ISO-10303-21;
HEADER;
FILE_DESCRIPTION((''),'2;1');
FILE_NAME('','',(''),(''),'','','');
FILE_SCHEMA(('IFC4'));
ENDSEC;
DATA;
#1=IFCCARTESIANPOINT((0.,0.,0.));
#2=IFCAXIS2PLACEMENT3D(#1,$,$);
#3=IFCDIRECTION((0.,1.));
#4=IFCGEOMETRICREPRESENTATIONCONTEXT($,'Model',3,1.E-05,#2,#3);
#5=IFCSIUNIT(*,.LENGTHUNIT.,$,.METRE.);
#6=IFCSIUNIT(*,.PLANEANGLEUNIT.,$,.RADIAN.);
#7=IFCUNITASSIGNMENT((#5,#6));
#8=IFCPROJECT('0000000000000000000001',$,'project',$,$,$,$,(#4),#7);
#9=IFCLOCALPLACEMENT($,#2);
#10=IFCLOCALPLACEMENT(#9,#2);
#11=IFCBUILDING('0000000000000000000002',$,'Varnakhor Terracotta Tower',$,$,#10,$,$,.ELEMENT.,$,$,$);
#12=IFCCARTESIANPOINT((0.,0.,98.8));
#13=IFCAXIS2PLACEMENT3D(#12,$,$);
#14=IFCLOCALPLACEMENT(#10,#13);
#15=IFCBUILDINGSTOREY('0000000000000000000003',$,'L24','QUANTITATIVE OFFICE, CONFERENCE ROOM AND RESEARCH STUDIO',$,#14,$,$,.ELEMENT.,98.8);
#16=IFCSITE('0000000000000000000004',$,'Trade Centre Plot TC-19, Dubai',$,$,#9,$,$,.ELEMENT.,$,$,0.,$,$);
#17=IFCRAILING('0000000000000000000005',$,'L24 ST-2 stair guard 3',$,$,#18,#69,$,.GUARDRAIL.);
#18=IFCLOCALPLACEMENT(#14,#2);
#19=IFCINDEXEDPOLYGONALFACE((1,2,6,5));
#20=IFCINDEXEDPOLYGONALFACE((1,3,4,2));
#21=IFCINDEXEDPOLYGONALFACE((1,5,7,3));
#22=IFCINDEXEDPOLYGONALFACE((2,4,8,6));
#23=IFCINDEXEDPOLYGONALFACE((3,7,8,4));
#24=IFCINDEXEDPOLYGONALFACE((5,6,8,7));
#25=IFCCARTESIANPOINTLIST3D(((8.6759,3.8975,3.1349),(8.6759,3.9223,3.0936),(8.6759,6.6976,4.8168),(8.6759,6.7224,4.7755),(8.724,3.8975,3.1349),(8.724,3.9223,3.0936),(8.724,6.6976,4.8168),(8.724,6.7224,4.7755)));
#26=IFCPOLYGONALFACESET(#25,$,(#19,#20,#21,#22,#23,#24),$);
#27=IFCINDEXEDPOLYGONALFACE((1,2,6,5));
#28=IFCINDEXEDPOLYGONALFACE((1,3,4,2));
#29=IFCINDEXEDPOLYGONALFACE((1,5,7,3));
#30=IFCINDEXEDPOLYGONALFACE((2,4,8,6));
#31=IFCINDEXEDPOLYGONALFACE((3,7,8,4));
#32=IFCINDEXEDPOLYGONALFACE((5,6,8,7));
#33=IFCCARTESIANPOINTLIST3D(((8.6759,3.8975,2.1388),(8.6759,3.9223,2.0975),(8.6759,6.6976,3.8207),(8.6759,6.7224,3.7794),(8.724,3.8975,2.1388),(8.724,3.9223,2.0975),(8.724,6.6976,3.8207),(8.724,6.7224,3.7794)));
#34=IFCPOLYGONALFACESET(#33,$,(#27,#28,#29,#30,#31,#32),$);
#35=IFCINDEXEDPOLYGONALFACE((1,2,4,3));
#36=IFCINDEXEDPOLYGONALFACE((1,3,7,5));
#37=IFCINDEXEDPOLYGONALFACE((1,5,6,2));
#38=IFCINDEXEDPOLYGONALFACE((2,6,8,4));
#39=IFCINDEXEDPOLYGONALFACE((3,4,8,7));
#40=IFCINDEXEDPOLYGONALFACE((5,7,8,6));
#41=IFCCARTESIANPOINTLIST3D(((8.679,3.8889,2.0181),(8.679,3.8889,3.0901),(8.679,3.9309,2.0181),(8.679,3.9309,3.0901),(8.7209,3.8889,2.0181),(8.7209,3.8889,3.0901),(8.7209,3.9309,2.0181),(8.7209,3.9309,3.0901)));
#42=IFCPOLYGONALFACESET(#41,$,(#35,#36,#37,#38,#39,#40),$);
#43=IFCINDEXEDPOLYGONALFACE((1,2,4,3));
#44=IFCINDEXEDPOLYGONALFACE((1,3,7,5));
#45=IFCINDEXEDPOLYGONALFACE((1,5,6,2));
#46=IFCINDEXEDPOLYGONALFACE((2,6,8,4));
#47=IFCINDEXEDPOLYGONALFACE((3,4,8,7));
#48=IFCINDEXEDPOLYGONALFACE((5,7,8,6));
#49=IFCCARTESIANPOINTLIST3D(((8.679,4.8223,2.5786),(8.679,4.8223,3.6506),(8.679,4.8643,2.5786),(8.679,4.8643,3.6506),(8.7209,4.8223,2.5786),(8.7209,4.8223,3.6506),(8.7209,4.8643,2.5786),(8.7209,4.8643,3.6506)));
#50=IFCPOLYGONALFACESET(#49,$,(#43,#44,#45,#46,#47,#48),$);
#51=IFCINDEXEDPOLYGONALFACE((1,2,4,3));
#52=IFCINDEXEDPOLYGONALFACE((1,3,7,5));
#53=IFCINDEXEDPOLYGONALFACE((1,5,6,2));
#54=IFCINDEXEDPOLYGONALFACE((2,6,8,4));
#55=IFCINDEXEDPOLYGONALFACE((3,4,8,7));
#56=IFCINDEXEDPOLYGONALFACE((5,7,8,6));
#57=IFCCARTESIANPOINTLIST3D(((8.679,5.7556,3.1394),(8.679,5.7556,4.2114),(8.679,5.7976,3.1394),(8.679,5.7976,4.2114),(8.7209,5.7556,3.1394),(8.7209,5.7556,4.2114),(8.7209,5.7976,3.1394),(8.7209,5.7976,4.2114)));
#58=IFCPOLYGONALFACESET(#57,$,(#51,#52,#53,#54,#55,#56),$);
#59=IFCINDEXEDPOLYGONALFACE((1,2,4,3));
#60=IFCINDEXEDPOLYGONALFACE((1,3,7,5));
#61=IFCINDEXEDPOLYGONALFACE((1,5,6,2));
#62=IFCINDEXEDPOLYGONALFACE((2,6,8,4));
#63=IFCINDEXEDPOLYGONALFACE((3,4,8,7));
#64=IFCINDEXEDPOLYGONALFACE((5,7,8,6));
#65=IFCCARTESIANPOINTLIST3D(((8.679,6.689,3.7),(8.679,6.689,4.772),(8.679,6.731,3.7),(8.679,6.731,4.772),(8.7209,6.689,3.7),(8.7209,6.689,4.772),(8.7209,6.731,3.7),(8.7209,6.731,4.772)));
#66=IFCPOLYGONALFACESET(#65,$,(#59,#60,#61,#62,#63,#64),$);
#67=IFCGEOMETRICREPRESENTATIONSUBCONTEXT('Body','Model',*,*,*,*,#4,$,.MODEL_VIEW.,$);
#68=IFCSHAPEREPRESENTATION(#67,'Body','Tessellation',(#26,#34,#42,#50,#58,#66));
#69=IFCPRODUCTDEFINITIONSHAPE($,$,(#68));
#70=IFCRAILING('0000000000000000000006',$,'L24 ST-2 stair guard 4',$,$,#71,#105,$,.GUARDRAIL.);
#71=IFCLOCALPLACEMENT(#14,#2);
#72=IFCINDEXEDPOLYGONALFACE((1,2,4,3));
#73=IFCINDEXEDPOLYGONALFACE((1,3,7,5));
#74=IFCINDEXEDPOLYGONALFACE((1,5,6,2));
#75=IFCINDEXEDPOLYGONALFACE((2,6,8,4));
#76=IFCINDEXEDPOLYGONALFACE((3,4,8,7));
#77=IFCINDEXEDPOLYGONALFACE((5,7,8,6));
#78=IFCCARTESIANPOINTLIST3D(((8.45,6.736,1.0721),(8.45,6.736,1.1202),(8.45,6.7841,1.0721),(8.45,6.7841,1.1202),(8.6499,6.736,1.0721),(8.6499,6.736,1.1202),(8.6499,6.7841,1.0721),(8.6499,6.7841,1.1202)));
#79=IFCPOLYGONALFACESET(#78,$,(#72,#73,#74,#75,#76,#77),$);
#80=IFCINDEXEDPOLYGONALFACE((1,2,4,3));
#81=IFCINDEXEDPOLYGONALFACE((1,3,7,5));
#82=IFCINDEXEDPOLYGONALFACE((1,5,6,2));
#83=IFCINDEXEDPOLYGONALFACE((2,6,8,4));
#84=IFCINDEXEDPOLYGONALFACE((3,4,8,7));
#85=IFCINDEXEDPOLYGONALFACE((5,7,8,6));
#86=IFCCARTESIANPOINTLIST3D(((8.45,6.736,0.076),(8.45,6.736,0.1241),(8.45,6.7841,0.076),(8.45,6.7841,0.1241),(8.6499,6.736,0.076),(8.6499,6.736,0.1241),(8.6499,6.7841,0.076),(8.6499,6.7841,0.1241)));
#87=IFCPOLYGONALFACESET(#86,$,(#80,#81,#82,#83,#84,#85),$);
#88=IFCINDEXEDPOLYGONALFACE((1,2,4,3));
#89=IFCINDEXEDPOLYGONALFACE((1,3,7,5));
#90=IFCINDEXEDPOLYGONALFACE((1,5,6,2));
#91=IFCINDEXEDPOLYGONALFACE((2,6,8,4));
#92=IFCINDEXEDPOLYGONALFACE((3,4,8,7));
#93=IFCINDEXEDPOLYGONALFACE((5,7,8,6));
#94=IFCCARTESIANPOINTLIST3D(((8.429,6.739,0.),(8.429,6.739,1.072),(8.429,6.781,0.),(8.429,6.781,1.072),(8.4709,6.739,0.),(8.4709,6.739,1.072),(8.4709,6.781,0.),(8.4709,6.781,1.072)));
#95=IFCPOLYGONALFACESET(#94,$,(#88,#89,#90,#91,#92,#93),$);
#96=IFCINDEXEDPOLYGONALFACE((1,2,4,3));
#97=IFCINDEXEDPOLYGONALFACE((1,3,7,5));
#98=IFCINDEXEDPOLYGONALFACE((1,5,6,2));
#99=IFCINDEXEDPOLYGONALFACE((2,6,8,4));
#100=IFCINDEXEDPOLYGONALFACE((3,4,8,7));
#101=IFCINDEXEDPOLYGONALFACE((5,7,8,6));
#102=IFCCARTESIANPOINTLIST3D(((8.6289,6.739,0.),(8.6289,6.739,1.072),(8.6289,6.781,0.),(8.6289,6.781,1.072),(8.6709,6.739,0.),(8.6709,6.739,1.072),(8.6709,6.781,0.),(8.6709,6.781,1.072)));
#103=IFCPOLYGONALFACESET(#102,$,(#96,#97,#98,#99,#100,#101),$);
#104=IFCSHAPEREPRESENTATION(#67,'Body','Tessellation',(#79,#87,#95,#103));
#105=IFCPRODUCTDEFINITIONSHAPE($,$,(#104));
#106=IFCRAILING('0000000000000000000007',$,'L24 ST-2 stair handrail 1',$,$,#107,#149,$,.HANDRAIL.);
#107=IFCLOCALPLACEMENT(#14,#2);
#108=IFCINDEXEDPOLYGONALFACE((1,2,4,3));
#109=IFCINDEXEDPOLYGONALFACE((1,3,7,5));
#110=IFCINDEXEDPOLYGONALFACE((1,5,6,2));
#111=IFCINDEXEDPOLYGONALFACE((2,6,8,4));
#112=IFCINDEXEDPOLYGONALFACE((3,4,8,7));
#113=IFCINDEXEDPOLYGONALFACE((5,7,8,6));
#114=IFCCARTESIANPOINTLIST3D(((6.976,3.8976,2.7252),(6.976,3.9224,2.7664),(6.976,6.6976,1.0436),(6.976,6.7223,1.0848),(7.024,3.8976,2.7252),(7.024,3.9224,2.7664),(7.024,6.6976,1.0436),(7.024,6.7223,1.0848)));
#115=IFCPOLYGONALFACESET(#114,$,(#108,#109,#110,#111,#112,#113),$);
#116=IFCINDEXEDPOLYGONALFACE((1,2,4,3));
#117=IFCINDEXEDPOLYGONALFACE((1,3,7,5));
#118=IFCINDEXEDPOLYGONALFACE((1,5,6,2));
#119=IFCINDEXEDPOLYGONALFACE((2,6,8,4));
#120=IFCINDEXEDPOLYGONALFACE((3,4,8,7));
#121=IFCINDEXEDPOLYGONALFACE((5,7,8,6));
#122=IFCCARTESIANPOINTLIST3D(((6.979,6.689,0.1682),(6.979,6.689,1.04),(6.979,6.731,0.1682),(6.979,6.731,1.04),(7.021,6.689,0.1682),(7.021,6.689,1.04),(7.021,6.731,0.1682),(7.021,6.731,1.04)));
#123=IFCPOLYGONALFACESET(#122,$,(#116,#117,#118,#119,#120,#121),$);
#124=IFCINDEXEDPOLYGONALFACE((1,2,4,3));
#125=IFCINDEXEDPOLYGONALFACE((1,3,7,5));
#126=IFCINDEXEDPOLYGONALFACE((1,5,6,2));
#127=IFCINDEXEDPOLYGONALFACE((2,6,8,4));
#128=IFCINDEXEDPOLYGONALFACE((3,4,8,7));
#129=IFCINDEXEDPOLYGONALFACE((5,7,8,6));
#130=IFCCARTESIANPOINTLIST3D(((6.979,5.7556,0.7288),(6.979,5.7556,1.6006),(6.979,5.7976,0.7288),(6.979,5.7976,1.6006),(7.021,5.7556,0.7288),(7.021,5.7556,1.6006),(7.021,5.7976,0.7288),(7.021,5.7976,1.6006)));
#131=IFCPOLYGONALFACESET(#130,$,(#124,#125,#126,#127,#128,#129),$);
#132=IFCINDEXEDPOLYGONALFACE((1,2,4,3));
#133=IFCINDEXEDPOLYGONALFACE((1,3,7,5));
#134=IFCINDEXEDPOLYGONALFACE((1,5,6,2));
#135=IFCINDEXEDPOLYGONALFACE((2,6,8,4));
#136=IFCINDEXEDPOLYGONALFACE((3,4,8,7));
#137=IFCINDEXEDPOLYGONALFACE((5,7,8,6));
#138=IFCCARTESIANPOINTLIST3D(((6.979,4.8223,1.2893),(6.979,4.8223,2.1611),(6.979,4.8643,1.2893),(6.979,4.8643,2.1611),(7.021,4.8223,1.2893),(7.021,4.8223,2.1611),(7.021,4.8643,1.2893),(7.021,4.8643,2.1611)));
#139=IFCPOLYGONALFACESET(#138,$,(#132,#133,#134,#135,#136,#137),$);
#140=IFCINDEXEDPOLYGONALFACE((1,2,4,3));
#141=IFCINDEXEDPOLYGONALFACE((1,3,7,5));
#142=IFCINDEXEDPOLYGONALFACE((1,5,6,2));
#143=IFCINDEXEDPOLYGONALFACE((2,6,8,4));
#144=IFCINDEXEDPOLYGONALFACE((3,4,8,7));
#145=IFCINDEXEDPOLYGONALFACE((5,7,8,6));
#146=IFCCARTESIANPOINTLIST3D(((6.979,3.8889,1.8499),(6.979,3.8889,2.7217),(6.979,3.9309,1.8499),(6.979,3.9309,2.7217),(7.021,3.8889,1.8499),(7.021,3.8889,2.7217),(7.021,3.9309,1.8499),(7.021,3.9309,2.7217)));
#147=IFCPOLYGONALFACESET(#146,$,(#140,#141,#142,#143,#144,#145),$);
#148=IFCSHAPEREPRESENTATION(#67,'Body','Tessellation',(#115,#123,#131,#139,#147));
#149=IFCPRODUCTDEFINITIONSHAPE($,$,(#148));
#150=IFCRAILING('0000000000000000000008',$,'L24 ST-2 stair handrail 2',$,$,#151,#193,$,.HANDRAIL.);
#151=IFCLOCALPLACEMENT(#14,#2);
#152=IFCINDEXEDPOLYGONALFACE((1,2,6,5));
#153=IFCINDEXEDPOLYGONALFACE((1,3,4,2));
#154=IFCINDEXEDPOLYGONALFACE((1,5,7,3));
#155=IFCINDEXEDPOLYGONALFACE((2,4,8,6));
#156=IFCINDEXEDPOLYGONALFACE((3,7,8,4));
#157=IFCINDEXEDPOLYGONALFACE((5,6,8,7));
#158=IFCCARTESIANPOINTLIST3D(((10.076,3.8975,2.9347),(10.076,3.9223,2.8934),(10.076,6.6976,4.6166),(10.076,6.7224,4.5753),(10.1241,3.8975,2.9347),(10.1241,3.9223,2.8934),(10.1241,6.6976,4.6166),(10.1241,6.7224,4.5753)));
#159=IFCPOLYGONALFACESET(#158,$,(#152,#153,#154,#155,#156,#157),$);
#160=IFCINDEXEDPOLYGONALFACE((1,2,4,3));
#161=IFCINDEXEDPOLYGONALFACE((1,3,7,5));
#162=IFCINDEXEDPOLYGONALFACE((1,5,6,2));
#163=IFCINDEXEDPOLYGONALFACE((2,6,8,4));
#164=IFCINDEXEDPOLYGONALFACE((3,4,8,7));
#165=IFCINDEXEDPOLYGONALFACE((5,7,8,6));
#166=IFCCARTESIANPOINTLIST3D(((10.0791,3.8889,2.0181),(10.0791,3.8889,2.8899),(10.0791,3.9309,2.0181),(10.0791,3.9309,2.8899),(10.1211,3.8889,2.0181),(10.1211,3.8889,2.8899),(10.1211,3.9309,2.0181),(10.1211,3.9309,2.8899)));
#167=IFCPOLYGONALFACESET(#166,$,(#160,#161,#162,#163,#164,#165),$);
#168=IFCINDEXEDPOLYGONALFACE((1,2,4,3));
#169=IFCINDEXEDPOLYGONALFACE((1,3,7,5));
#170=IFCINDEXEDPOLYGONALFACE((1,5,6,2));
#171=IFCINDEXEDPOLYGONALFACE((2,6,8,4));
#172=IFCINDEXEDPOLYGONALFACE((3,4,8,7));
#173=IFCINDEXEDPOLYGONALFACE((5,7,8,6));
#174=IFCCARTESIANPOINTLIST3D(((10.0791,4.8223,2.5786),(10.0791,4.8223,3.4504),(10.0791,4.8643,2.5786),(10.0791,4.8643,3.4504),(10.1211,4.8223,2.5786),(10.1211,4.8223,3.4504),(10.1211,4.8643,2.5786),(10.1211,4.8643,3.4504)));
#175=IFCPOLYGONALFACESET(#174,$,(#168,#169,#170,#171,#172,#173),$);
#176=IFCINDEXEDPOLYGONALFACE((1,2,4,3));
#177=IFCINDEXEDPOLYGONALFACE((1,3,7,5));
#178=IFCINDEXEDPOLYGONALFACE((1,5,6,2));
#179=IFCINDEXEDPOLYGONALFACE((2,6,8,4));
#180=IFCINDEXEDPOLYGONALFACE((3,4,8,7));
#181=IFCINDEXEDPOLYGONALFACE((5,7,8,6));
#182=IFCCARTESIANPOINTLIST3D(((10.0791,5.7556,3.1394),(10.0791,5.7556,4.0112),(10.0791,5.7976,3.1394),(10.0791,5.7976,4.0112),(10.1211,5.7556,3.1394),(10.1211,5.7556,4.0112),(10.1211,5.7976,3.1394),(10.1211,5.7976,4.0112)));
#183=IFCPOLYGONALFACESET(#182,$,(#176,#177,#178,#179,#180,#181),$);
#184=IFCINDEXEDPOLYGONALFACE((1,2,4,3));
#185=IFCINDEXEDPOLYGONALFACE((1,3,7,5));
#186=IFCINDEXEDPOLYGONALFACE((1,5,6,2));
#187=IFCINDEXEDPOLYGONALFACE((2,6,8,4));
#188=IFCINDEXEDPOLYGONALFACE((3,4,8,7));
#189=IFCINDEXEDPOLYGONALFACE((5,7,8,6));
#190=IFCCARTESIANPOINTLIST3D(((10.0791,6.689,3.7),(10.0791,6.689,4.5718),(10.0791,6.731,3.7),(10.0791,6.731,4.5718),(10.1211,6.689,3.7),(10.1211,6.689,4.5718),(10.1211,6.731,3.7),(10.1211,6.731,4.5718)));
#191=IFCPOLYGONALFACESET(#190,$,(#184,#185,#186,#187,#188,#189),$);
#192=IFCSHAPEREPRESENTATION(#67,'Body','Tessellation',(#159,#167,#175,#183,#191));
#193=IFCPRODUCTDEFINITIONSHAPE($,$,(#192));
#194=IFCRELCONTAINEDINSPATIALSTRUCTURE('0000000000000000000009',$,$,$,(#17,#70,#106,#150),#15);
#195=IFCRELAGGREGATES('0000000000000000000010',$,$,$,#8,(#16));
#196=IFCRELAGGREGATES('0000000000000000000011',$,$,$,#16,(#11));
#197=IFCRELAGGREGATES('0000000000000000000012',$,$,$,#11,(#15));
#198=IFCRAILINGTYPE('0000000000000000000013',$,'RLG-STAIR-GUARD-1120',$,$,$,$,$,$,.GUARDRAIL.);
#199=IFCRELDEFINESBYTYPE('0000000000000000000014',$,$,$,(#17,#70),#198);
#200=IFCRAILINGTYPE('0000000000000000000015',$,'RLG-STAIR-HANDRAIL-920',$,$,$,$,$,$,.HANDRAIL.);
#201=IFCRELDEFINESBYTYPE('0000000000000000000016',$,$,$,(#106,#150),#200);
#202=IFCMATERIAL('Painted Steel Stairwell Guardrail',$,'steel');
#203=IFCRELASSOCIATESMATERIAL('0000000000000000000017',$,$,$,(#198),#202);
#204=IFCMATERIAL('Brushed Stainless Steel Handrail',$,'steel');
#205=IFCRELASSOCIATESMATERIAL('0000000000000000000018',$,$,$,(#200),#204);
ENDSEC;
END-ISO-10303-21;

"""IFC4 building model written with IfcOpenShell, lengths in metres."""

from ifc_helpers import new_model, si_unit, direction, frame, origin, origin_2d, place, context, subcontext, project, spatial, rectangle, extrude, material, type_object, element, save


model = new_model("IFC4")

# Units and contexts
model_context = context("Model", 3, precision=1e-05, world=origin(), true_north=direction((0.0, 1.0)))
body_context = subcontext(model_context, "Body", "Model", "MODEL_VIEW")
ifc_project = project(units=[si_unit("LENGTHUNIT", "METRE"), si_unit("PLANEANGLEUNIT", "RADIAN")], contexts=[model_context])

# Site, building, storey
site_placement = place(None, origin())
site = spatial("IfcSite", under=ifc_project, at=site_placement, Name="Trade Centre Plot TC-19, Dubai", CompositionType="ELEMENT", RefElevation=0.0)
building_placement = place(site_placement, origin())
building = spatial("IfcBuilding", under=site, at=building_placement, Name="Varnakhor Terracotta Tower", CompositionType="ELEMENT")
storey_placement = place(building_placement, frame((0.0, 0.0, 98.8)))
storey = spatial("IfcBuildingStorey", under=building, at=storey_placement, Name="L24", Description="QUANTITATIVE OFFICE, CONFERENCE ROOM AND RESEARCH STUDIO", CompositionType="ELEMENT", Elevation=98.8)

# Railings
ifc_material_1 = material(Name="Painted Steel Stairwell Guardrail", Category="steel")
railing_type_1 = type_object("IfcRailingType", Name="RLG-STAIR-GUARD-1120", PredefinedType="GUARDRAIL", material=ifc_material_1)
railing_1_placement = place(storey_placement, frame((8.7, 3.9099, 2.0181)))
element("IfcRailing", 1, at=railing_1_placement, inside=storey, type_object=railing_type_1, Name="L24 ST-2 stair guard 3", PredefinedType="GUARDRAIL", context=body_context, shape_type="SweptSolid", body=[
    extrude(rectangle(XDim=0.0481, YDim=0.0481, at=origin_2d()), frame((0.0, 0.0, 1.0962), z_axis=(0.0, 0.857242, 0.514913), x_axis=(-1.0, 0.0, 0.0)), (0.0, 0.0, 1.0), 3.2664),
    extrude(rectangle(XDim=0.0481, YDim=0.0481, at=origin_2d()), frame((0.0, 0.0, 0.1001), z_axis=(0.0, 0.857242, 0.514913), x_axis=(-1.0, 0.0, 0.0)), (0.0, 0.0, 1.0), 3.2664),
    extrude(rectangle(XDim=0.042, YDim=0.042, at=origin_2d()), origin(), (0.0, 0.0, 1.0), 1.072),
    extrude(rectangle(XDim=0.042, YDim=0.042, at=origin_2d()), frame((0.0, 0.9333, 0.5605)), (0.0, 0.0, 1.0), 1.072),
    extrude(rectangle(XDim=0.042, YDim=0.042, at=origin_2d()), frame((0.0, 1.8667, 1.1213)), (0.0, 0.0, 1.0), 1.072),
    extrude(rectangle(XDim=0.042, YDim=0.042, at=origin_2d()), frame((0.0, 2.8, 1.6819)), (0.0, 0.0, 1.0), 1.072),
])
railing_2_placement = place(storey_placement, frame((8.45, 6.76, 0.0)))
element("IfcRailing", 2, at=railing_2_placement, inside=storey, type_object=railing_type_1, Name="L24 ST-2 stair guard 4", PredefinedType="GUARDRAIL", context=body_context, shape_type="SweptSolid", body=[
    extrude(rectangle(XDim=0.0481, YDim=0.0481, at=origin_2d()), frame((0.0, 0.0, 1.0962), z_axis=(1.0, 0.0, 0.0), x_axis=(0.0, 1.0, 0.0)), (0.0, 0.0, 1.0), 0.2),
    extrude(rectangle(XDim=0.0481, YDim=0.0481, at=origin_2d()), frame((0.0, 0.0, 0.1001), z_axis=(1.0, 0.0, 0.0), x_axis=(0.0, 1.0, 0.0)), (0.0, 0.0, 1.0), 0.2),
    extrude(rectangle(XDim=0.042, YDim=0.042, at=origin_2d()), origin(), (0.0, 0.0, 1.0), 1.072),
    extrude(rectangle(XDim=0.042, YDim=0.042, at=origin_2d()), frame((0.2, 0.0, 0.0)), (0.0, 0.0, 1.0), 1.072),
])
ifc_material_2 = material(Name="Brushed Stainless Steel Handrail", Category="steel")
railing_type_2 = type_object("IfcRailingType", Name="RLG-STAIR-HANDRAIL-920", PredefinedType="HANDRAIL", material=ifc_material_2)
railing_3_placement = place(storey_placement, frame((7.0, 6.71, 0.1682)))
element("IfcRailing", 3, at=railing_3_placement, inside=storey, type_object=railing_type_2, Name="L24 ST-2 stair handrail 1", PredefinedType="HANDRAIL", context=body_context, shape_type="SweptSolid", body=[
    extrude(rectangle(XDim=0.0481, YDim=0.0481, at=origin_2d()), frame((0.0, 0.0, 0.896), z_axis=(0.0, -0.857275, 0.514858), x_axis=(1.0, 0.0, 0.0)), (0.0, 0.0, 1.0), 3.2661),
    extrude(rectangle(XDim=0.042, YDim=0.042, at=origin_2d()), origin(), (0.0, 0.0, 1.0), 0.8718),
    extrude(rectangle(XDim=0.042, YDim=0.042, at=origin_2d()), frame((0.0, -0.9333, 0.5605)), (0.0, 0.0, 1.0), 0.8718),
    extrude(rectangle(XDim=0.042, YDim=0.042, at=origin_2d()), frame((0.0, -1.8667, 1.1211)), (0.0, 0.0, 1.0), 0.8718),
    extrude(rectangle(XDim=0.042, YDim=0.042, at=origin_2d()), frame((0.0, -2.8, 1.6816)), (0.0, 0.0, 1.0), 0.8718),
])
railing_4_placement = place(storey_placement, frame((10.1001, 3.9099, 2.0181)))
element("IfcRailing", 4, at=railing_4_placement, inside=storey, type_object=railing_type_2, Name="L24 ST-2 stair handrail 2", PredefinedType="HANDRAIL", context=body_context, shape_type="SweptSolid", body=[
    extrude(rectangle(XDim=0.0481, YDim=0.0481, at=origin_2d()), frame((0.0, 0.0, 0.896), z_axis=(0.0, 0.857242, 0.514913), x_axis=(-1.0, 0.0, 0.0)), (0.0, 0.0, 1.0), 3.2664),
    extrude(rectangle(XDim=0.042, YDim=0.042, at=origin_2d()), origin(), (0.0, 0.0, 1.0), 0.8718),
    extrude(rectangle(XDim=0.042, YDim=0.042, at=origin_2d()), frame((0.0, 0.9333, 0.5605)), (0.0, 0.0, 1.0), 0.8718),
    extrude(rectangle(XDim=0.042, YDim=0.042, at=origin_2d()), frame((0.0, 1.8667, 1.1213)), (0.0, 0.0, 1.0), 0.8718),
    extrude(rectangle(XDim=0.042, YDim=0.042, at=origin_2d()), frame((0.0, 2.8, 1.6819)), (0.0, 0.0, 1.0), 0.8718),
])

save(model, "model.ifc")
